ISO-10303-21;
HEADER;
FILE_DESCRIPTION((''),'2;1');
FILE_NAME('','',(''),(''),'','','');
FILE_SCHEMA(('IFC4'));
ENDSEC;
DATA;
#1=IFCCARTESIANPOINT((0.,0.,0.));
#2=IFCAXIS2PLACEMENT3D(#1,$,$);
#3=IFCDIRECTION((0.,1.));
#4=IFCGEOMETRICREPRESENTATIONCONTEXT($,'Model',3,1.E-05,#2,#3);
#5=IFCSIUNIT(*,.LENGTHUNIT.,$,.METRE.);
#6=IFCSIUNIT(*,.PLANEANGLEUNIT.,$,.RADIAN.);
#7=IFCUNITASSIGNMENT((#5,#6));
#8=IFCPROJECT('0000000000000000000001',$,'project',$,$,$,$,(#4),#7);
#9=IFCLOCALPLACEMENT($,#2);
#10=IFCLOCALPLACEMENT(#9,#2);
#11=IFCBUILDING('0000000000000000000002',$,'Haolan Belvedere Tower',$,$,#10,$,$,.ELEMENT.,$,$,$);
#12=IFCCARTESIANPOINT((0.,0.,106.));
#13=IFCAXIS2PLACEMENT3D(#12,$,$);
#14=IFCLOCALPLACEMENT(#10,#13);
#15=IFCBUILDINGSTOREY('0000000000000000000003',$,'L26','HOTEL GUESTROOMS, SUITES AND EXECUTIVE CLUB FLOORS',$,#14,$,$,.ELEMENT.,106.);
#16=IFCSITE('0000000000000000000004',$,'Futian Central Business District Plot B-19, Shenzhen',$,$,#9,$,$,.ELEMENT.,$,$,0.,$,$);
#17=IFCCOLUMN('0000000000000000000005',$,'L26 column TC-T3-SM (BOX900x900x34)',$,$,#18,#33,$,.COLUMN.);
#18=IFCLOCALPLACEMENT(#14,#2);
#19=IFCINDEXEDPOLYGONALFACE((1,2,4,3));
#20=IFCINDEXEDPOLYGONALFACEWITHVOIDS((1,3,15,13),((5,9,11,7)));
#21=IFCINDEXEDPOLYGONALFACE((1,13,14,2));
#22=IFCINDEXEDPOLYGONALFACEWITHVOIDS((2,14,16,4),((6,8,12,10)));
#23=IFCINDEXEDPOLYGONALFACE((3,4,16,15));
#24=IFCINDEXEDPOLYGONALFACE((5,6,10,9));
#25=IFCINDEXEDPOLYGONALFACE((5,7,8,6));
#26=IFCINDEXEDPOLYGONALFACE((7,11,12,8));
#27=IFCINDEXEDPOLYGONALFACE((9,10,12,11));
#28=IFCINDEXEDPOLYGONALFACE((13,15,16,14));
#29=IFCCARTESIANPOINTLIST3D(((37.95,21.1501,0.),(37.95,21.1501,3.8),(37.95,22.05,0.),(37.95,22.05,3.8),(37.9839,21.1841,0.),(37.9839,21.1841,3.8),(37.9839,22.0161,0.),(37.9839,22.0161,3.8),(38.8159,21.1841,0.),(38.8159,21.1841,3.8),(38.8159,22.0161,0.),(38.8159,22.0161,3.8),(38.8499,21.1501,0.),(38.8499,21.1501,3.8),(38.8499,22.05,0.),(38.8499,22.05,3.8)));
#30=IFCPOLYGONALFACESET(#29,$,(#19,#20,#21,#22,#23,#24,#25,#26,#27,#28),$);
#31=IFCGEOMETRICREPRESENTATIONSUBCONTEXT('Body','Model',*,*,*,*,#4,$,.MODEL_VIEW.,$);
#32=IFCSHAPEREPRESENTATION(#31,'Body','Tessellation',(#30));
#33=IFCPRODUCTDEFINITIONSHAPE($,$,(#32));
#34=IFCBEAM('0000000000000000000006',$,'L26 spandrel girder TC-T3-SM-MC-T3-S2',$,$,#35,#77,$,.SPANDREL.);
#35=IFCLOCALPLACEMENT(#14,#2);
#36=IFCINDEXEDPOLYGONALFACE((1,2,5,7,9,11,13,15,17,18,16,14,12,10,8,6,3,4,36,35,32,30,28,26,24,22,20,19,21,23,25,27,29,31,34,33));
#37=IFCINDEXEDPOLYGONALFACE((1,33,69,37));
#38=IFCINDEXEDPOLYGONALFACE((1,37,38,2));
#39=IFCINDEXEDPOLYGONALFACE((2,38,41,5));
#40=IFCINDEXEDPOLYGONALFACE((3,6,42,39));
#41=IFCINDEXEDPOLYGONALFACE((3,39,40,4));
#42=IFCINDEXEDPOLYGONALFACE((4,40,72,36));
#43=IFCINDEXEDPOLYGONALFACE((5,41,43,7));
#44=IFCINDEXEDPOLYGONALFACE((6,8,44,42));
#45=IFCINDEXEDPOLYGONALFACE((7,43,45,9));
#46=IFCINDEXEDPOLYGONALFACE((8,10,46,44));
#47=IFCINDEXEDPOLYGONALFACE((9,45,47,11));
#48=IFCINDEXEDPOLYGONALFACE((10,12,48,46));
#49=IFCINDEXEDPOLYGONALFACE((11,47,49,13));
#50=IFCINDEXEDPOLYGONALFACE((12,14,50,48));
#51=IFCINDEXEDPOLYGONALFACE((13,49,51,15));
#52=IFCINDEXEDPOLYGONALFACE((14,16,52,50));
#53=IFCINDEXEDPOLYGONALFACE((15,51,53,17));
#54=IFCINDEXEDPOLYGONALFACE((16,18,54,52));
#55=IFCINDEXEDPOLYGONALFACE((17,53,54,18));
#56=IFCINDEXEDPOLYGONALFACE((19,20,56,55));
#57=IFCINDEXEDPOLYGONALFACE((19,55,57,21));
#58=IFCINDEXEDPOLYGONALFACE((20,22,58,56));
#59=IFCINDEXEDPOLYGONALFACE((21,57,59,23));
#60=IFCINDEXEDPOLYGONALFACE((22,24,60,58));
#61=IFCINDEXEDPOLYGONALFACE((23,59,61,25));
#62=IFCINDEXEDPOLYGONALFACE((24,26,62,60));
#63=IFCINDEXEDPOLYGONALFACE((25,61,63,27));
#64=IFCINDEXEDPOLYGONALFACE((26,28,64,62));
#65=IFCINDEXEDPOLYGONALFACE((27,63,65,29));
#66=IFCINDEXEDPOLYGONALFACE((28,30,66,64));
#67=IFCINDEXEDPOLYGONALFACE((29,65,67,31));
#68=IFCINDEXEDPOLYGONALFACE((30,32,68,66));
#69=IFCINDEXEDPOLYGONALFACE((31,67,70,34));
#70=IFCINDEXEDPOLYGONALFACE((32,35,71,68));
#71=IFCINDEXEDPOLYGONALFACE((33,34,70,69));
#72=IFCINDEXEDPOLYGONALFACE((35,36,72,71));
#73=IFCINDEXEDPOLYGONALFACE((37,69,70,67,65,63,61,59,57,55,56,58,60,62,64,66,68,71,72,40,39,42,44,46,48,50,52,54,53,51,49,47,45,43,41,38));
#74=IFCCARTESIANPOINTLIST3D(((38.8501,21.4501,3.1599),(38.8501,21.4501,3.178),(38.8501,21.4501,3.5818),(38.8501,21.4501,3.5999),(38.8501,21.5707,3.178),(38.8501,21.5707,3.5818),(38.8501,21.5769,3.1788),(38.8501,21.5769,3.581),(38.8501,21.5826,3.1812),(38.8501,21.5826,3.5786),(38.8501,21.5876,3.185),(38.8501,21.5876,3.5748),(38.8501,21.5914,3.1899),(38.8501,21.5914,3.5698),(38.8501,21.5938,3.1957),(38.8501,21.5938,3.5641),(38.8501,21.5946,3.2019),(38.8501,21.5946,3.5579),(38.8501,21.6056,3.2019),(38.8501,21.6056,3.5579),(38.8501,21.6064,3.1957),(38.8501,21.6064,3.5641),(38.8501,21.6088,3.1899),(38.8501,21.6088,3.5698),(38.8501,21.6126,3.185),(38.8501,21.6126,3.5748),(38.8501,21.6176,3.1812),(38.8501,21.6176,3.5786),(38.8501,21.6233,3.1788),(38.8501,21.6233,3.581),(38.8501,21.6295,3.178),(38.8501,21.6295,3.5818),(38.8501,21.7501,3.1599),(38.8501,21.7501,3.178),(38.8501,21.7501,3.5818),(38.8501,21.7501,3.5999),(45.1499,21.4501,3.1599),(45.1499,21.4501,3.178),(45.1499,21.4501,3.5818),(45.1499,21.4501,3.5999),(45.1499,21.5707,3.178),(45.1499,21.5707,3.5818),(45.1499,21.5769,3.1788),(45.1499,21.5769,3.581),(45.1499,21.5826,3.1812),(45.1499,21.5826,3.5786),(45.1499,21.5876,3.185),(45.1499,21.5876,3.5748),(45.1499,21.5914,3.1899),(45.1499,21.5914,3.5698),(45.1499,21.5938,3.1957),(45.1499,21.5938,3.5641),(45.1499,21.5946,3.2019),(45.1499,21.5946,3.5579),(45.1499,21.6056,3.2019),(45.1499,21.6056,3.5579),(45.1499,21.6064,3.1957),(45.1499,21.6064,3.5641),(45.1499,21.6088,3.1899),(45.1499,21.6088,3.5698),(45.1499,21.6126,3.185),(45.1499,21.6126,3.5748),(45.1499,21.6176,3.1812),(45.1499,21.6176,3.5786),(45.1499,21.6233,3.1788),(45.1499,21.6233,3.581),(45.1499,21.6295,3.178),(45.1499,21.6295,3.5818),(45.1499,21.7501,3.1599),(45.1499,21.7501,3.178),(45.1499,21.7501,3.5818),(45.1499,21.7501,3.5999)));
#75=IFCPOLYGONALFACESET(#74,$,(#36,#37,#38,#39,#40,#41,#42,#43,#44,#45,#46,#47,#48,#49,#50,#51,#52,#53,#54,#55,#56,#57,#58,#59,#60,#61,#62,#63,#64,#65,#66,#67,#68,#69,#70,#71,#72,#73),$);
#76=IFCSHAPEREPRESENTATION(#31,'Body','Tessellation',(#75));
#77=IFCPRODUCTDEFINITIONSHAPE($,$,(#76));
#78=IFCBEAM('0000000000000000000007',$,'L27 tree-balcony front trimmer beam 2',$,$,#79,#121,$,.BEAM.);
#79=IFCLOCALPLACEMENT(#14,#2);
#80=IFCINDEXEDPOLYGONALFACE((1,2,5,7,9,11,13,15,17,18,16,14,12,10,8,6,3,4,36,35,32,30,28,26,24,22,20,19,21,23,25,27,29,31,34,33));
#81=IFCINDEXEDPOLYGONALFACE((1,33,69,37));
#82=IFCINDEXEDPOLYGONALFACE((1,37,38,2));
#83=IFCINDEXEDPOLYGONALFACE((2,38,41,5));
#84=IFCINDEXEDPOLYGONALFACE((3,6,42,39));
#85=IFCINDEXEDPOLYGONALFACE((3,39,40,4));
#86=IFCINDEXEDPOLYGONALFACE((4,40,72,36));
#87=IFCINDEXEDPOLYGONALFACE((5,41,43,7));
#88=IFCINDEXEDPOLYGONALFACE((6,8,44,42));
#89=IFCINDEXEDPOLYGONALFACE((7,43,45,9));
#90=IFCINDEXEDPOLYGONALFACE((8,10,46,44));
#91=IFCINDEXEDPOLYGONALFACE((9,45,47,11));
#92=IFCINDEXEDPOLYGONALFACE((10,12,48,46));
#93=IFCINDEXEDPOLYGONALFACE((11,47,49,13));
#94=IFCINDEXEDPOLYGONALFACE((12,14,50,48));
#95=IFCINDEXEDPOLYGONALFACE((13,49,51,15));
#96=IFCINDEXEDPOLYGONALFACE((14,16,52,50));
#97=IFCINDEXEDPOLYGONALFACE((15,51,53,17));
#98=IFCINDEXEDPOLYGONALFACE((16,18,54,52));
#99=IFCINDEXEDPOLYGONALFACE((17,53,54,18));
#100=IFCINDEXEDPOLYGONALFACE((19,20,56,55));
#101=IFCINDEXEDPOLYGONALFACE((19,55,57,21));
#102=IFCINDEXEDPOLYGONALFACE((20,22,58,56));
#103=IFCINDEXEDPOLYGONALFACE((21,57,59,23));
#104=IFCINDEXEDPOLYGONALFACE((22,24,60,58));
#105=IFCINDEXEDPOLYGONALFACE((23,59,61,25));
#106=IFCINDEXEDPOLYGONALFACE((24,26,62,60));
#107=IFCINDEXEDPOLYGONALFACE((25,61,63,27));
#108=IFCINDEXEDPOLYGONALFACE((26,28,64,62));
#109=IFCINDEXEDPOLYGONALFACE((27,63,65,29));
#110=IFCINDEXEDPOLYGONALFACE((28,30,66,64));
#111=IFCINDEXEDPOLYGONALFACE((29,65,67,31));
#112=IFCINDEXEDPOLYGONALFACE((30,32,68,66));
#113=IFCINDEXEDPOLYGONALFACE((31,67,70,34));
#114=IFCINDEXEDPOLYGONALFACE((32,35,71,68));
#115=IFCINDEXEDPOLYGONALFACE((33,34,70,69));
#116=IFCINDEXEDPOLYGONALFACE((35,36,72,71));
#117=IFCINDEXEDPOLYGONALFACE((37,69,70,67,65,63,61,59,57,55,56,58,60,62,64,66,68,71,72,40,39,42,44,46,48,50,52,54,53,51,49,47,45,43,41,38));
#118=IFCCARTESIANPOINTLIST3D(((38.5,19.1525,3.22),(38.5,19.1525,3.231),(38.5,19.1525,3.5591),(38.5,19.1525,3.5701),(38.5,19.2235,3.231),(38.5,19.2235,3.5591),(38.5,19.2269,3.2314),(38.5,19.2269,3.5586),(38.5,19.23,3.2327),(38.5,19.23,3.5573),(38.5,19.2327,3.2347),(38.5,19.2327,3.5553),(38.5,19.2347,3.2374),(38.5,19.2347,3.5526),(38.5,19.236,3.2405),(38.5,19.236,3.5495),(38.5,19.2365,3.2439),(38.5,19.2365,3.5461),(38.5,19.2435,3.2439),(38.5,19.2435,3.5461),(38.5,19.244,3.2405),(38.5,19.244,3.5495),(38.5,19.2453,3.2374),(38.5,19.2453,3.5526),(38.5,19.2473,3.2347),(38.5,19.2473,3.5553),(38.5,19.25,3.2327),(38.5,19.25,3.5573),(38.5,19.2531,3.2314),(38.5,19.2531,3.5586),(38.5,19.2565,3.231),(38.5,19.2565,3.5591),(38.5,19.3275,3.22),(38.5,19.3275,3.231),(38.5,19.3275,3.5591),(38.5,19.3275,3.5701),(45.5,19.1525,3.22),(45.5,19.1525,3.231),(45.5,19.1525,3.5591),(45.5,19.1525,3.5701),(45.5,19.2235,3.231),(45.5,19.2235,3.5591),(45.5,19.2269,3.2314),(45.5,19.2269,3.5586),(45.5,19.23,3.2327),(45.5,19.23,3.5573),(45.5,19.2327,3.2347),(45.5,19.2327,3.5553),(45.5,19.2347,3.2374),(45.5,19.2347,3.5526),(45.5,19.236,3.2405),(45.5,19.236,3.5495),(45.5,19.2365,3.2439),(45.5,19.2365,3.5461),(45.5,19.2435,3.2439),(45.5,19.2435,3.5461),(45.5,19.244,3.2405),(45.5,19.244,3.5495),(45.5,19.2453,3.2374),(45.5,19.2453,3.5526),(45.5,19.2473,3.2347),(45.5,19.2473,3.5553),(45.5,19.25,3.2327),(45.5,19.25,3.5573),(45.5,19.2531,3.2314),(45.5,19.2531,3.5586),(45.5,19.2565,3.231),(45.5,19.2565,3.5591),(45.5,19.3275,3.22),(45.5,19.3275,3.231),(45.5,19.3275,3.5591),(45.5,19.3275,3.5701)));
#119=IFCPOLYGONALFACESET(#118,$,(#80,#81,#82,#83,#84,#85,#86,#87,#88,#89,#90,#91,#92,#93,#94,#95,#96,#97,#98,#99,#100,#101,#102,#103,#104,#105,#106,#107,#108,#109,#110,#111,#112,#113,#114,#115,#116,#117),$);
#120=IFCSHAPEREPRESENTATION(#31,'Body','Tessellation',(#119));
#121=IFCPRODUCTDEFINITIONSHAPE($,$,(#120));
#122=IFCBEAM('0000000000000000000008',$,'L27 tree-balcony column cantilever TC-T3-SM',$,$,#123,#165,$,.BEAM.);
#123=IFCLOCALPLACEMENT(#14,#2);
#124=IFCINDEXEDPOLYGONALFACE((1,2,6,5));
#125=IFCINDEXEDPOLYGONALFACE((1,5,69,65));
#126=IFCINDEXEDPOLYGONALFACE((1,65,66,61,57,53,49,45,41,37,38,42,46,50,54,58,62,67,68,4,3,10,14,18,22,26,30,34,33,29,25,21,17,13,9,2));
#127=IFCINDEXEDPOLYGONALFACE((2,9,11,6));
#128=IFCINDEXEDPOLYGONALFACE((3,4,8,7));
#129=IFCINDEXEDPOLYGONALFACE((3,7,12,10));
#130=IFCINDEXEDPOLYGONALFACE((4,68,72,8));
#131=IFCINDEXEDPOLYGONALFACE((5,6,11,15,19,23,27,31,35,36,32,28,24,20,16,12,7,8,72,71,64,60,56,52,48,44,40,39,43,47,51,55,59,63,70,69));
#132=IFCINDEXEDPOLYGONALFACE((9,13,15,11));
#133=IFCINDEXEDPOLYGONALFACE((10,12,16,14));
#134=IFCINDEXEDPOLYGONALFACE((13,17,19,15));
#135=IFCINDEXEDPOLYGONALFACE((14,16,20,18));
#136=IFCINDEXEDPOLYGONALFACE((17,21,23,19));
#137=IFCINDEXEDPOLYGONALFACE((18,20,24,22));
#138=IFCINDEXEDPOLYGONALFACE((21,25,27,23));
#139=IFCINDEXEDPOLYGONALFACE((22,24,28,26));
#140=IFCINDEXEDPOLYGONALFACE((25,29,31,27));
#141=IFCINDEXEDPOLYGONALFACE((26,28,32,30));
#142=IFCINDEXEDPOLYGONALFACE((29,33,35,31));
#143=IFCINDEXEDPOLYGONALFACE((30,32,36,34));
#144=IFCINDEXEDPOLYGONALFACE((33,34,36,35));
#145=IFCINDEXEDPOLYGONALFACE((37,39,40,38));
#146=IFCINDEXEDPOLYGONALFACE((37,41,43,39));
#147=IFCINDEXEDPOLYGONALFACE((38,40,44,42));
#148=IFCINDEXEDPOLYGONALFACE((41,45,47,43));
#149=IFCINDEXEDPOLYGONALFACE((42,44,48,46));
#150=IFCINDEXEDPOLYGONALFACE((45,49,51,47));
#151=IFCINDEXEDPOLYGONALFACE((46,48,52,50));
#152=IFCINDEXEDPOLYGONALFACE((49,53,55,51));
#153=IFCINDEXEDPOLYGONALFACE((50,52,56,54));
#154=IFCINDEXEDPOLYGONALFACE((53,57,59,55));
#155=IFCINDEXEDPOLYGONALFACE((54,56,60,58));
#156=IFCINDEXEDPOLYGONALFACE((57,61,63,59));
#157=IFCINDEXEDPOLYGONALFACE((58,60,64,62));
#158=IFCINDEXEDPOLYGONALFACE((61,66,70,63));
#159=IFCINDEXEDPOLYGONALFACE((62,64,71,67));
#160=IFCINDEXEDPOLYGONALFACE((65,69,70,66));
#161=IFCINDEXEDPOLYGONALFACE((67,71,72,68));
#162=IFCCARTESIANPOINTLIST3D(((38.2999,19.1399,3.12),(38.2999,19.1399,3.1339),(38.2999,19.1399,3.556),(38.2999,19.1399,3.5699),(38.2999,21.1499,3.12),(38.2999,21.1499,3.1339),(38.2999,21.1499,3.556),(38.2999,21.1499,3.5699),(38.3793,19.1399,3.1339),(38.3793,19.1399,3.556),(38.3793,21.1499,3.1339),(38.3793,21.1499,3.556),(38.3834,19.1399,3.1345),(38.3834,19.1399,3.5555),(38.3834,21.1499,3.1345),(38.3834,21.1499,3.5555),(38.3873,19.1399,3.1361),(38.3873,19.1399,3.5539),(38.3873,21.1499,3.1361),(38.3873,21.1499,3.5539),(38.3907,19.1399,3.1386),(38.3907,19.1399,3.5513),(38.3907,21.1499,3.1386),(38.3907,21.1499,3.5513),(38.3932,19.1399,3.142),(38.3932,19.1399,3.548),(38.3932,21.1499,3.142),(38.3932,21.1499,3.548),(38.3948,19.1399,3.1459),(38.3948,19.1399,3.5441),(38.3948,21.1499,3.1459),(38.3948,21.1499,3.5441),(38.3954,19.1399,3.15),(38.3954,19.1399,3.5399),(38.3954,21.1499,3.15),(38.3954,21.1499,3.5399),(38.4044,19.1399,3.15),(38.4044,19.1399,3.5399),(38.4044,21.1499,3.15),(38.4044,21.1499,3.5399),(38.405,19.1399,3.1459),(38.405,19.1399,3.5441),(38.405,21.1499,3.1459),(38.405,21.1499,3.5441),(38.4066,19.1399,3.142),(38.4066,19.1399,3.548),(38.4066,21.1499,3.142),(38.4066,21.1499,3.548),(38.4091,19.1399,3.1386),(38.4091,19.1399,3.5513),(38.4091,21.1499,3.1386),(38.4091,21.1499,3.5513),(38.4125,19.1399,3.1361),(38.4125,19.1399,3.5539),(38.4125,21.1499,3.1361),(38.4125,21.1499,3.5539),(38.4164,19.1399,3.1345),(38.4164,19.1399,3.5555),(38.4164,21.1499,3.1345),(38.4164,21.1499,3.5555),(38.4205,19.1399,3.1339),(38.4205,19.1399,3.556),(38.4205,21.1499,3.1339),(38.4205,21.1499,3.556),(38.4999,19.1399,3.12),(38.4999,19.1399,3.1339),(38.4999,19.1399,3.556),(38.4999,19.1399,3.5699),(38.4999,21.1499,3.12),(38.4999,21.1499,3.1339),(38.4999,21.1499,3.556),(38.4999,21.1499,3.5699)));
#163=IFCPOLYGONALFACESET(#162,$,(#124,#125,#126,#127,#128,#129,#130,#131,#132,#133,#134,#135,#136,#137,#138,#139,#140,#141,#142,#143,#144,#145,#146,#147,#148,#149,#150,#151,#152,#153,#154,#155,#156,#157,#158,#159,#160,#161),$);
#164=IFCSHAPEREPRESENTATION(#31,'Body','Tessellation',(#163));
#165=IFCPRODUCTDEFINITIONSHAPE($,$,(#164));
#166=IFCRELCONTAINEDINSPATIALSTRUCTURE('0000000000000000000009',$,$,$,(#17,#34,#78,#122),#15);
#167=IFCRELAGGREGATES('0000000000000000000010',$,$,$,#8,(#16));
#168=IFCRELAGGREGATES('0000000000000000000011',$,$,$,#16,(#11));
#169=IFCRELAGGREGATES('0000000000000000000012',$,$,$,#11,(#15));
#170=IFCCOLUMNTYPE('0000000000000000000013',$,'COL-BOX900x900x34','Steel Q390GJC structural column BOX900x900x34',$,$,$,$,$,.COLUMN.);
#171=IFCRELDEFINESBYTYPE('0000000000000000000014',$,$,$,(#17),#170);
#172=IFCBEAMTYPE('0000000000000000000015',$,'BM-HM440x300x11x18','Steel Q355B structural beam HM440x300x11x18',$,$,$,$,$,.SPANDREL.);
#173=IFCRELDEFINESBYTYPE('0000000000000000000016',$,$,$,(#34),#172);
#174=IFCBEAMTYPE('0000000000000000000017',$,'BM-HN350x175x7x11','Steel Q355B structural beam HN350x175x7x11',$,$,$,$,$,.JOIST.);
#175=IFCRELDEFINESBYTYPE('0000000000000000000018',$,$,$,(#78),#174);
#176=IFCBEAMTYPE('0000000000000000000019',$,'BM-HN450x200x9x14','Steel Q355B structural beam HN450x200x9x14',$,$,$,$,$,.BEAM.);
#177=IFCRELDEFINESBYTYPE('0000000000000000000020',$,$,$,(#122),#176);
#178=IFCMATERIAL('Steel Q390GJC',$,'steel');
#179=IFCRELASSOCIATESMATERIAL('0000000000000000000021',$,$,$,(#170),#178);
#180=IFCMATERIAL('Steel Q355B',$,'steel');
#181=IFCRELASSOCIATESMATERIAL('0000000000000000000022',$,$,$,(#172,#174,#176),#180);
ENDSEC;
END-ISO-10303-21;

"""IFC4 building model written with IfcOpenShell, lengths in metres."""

from ifc_helpers import new_model, si_unit, direction, frame, origin, origin_2d, place, context, subcontext, project, spatial, hollow_rectangle, i_section, extrude, material, material_profile, profile_set, type_object, element, save


model = new_model("IFC4")

# Units and contexts
model_context = context("Model", 3, precision=1e-05, world=origin(), true_north=direction((0.0, 1.0)))
body_context = subcontext(model_context, "Body", "Model", "MODEL_VIEW")
ifc_project = project(units=[si_unit("LENGTHUNIT", "METRE"), si_unit("PLANEANGLEUNIT", "RADIAN")], contexts=[model_context])

# Site, building, storey
site_placement = place(None, origin())
site = spatial("IfcSite", under=ifc_project, at=site_placement, Name="Futian Central Business District Plot B-19, Shenzhen", CompositionType="ELEMENT", RefElevation=0.0)
building_placement = place(site_placement, origin())
building = spatial("IfcBuilding", under=site, at=building_placement, Name="Haolan Belvedere Tower", CompositionType="ELEMENT")
storey_placement = place(building_placement, frame((0.0, 0.0, 106.0)))
storey = spatial("IfcBuildingStorey", under=building, at=storey_placement, Name="L26", Description="HOTEL GUESTROOMS, SUITES AND EXECUTIVE CLUB FLOORS", CompositionType="ELEMENT", Elevation=106.0)

# Column
ifc_material_1 = material(Name="Steel Q390GJC", Category="steel")
ifc_material_profile_1 = material_profile(ifc_material_1, hollow_rectangle(XDim=0.8999, YDim=0.8999, WallThickness=0.0339, at=origin_2d()), Name="Steel Q390GJC")
ifc_profile_set_1 = profile_set([ifc_material_profile_1], Name="Steel Q390GJC")
column_type = type_object("IfcColumnType", Name="COL-BOX900x900x34", Description="Steel Q390GJC structural column BOX900x900x34", PredefinedType="COLUMN", material=ifc_profile_set_1)
column_placement = place(storey_placement, frame((38.3999, 21.6001, 0.0), z_axis=(0.0, 0.0, 1.0), x_axis=(1.0, 0.0, 0.0)))
element("IfcColumn", 1, at=column_placement, inside=storey, type_object=column_type, Name="L26 column TC-T3-SM (BOX900x900x34)", PredefinedType="COLUMN", context=body_context, shape_type="SweptSolid", body=[
    extrude(hollow_rectangle(XDim=0.8999, YDim=0.8999, WallThickness=0.0339, at=origin_2d()), origin(), (0.0, 0.0, 1.0), 3.8),
])

# Beams
ifc_material_2 = material(Name="Steel Q355B", Category="steel")
ifc_material_profile_2 = material_profile(ifc_material_2, i_section(OverallWidth=0.3, OverallDepth=0.4399, WebThickness=0.011, FlangeThickness=0.0181, FilletRadius=0.0239, at=origin_2d()), Name="Steel Q355B")
ifc_profile_set_2 = profile_set([ifc_material_profile_2], Name="Steel Q355B")
beam_type_1 = type_object("IfcBeamType", Name="BM-HM440x300x11x18", Description="Steel Q355B structural beam HM440x300x11x18", PredefinedType="SPANDREL", material=ifc_profile_set_2)
beam_1_placement = place(storey_placement, frame((38.8501, 21.6001, 3.3799), z_axis=(1.0, 0.0, 0.0), x_axis=(0.0, 1.0, 0.0)))
element("IfcBeam", 2, at=beam_1_placement, inside=storey, type_object=beam_type_1, Name="L26 spandrel girder TC-T3-SM-MC-T3-S2", PredefinedType="SPANDREL", context=body_context, shape_type="SweptSolid", body=[
    extrude(i_section(OverallWidth=0.3, OverallDepth=0.4399, WebThickness=0.011, FlangeThickness=0.0181, FilletRadius=0.0239, at=origin_2d()), origin(), (0.0, 0.0, 1.0), 6.2998),
])
ifc_material_profile_3 = material_profile(ifc_material_2, i_section(OverallWidth=0.175, OverallDepth=0.3501, WebThickness=0.0071, FlangeThickness=0.011, FilletRadius=0.0129, at=origin_2d()), Name="Steel Q355B")
ifc_profile_set_3 = profile_set([ifc_material_profile_3], Name="Steel Q355B")
beam_type_2 = type_object("IfcBeamType", Name="BM-HN350x175x7x11", Description="Steel Q355B structural beam HN350x175x7x11", PredefinedType="JOIST", material=ifc_profile_set_3)
beam_2_placement = place(storey_placement, frame((38.5, 19.24, 3.395), z_axis=(1.0, 0.0, 0.0), x_axis=(0.0, 1.0, 0.0)))
element("IfcBeam", 3, at=beam_2_placement, inside=storey, type_object=beam_type_2, Name="L27 tree-balcony front trimmer beam 2", PredefinedType="BEAM", context=body_context, shape_type="SweptSolid", body=[
    extrude(i_section(OverallWidth=0.175, OverallDepth=0.3501, WebThickness=0.0071, FlangeThickness=0.011, FilletRadius=0.0129, at=origin_2d()), origin(), (0.0, 0.0, 1.0), 7.0),
])
ifc_material_profile_4 = material_profile(ifc_material_2, i_section(OverallWidth=0.2, OverallDepth=0.45, WebThickness=0.009, FlangeThickness=0.0139, FilletRadius=0.0161, at=origin_2d()), Name="Steel Q355B")
ifc_profile_set_4 = profile_set([ifc_material_profile_4], Name="Steel Q355B")
beam_type_3 = type_object("IfcBeamType", Name="BM-HN450x200x9x14", Description="Steel Q355B structural beam HN450x200x9x14", PredefinedType="BEAM", material=ifc_profile_set_4)
beam_3_placement = place(storey_placement, frame((38.3999, 21.1499, 3.345), z_axis=(0.0, -1.0, 0.0), x_axis=(1.0, 0.0, 0.0)))
element("IfcBeam", 4, at=beam_3_placement, inside=storey, type_object=beam_type_3, Name="L27 tree-balcony column cantilever TC-T3-SM", PredefinedType="BEAM", context=body_context, shape_type="SweptSolid", body=[
    extrude(i_section(OverallWidth=0.2, OverallDepth=0.45, WebThickness=0.009, FlangeThickness=0.0139, FilletRadius=0.0161, at=origin_2d()), origin(), (0.0, 0.0, 1.0), 2.01),
])

save(model, "model.ifc")
